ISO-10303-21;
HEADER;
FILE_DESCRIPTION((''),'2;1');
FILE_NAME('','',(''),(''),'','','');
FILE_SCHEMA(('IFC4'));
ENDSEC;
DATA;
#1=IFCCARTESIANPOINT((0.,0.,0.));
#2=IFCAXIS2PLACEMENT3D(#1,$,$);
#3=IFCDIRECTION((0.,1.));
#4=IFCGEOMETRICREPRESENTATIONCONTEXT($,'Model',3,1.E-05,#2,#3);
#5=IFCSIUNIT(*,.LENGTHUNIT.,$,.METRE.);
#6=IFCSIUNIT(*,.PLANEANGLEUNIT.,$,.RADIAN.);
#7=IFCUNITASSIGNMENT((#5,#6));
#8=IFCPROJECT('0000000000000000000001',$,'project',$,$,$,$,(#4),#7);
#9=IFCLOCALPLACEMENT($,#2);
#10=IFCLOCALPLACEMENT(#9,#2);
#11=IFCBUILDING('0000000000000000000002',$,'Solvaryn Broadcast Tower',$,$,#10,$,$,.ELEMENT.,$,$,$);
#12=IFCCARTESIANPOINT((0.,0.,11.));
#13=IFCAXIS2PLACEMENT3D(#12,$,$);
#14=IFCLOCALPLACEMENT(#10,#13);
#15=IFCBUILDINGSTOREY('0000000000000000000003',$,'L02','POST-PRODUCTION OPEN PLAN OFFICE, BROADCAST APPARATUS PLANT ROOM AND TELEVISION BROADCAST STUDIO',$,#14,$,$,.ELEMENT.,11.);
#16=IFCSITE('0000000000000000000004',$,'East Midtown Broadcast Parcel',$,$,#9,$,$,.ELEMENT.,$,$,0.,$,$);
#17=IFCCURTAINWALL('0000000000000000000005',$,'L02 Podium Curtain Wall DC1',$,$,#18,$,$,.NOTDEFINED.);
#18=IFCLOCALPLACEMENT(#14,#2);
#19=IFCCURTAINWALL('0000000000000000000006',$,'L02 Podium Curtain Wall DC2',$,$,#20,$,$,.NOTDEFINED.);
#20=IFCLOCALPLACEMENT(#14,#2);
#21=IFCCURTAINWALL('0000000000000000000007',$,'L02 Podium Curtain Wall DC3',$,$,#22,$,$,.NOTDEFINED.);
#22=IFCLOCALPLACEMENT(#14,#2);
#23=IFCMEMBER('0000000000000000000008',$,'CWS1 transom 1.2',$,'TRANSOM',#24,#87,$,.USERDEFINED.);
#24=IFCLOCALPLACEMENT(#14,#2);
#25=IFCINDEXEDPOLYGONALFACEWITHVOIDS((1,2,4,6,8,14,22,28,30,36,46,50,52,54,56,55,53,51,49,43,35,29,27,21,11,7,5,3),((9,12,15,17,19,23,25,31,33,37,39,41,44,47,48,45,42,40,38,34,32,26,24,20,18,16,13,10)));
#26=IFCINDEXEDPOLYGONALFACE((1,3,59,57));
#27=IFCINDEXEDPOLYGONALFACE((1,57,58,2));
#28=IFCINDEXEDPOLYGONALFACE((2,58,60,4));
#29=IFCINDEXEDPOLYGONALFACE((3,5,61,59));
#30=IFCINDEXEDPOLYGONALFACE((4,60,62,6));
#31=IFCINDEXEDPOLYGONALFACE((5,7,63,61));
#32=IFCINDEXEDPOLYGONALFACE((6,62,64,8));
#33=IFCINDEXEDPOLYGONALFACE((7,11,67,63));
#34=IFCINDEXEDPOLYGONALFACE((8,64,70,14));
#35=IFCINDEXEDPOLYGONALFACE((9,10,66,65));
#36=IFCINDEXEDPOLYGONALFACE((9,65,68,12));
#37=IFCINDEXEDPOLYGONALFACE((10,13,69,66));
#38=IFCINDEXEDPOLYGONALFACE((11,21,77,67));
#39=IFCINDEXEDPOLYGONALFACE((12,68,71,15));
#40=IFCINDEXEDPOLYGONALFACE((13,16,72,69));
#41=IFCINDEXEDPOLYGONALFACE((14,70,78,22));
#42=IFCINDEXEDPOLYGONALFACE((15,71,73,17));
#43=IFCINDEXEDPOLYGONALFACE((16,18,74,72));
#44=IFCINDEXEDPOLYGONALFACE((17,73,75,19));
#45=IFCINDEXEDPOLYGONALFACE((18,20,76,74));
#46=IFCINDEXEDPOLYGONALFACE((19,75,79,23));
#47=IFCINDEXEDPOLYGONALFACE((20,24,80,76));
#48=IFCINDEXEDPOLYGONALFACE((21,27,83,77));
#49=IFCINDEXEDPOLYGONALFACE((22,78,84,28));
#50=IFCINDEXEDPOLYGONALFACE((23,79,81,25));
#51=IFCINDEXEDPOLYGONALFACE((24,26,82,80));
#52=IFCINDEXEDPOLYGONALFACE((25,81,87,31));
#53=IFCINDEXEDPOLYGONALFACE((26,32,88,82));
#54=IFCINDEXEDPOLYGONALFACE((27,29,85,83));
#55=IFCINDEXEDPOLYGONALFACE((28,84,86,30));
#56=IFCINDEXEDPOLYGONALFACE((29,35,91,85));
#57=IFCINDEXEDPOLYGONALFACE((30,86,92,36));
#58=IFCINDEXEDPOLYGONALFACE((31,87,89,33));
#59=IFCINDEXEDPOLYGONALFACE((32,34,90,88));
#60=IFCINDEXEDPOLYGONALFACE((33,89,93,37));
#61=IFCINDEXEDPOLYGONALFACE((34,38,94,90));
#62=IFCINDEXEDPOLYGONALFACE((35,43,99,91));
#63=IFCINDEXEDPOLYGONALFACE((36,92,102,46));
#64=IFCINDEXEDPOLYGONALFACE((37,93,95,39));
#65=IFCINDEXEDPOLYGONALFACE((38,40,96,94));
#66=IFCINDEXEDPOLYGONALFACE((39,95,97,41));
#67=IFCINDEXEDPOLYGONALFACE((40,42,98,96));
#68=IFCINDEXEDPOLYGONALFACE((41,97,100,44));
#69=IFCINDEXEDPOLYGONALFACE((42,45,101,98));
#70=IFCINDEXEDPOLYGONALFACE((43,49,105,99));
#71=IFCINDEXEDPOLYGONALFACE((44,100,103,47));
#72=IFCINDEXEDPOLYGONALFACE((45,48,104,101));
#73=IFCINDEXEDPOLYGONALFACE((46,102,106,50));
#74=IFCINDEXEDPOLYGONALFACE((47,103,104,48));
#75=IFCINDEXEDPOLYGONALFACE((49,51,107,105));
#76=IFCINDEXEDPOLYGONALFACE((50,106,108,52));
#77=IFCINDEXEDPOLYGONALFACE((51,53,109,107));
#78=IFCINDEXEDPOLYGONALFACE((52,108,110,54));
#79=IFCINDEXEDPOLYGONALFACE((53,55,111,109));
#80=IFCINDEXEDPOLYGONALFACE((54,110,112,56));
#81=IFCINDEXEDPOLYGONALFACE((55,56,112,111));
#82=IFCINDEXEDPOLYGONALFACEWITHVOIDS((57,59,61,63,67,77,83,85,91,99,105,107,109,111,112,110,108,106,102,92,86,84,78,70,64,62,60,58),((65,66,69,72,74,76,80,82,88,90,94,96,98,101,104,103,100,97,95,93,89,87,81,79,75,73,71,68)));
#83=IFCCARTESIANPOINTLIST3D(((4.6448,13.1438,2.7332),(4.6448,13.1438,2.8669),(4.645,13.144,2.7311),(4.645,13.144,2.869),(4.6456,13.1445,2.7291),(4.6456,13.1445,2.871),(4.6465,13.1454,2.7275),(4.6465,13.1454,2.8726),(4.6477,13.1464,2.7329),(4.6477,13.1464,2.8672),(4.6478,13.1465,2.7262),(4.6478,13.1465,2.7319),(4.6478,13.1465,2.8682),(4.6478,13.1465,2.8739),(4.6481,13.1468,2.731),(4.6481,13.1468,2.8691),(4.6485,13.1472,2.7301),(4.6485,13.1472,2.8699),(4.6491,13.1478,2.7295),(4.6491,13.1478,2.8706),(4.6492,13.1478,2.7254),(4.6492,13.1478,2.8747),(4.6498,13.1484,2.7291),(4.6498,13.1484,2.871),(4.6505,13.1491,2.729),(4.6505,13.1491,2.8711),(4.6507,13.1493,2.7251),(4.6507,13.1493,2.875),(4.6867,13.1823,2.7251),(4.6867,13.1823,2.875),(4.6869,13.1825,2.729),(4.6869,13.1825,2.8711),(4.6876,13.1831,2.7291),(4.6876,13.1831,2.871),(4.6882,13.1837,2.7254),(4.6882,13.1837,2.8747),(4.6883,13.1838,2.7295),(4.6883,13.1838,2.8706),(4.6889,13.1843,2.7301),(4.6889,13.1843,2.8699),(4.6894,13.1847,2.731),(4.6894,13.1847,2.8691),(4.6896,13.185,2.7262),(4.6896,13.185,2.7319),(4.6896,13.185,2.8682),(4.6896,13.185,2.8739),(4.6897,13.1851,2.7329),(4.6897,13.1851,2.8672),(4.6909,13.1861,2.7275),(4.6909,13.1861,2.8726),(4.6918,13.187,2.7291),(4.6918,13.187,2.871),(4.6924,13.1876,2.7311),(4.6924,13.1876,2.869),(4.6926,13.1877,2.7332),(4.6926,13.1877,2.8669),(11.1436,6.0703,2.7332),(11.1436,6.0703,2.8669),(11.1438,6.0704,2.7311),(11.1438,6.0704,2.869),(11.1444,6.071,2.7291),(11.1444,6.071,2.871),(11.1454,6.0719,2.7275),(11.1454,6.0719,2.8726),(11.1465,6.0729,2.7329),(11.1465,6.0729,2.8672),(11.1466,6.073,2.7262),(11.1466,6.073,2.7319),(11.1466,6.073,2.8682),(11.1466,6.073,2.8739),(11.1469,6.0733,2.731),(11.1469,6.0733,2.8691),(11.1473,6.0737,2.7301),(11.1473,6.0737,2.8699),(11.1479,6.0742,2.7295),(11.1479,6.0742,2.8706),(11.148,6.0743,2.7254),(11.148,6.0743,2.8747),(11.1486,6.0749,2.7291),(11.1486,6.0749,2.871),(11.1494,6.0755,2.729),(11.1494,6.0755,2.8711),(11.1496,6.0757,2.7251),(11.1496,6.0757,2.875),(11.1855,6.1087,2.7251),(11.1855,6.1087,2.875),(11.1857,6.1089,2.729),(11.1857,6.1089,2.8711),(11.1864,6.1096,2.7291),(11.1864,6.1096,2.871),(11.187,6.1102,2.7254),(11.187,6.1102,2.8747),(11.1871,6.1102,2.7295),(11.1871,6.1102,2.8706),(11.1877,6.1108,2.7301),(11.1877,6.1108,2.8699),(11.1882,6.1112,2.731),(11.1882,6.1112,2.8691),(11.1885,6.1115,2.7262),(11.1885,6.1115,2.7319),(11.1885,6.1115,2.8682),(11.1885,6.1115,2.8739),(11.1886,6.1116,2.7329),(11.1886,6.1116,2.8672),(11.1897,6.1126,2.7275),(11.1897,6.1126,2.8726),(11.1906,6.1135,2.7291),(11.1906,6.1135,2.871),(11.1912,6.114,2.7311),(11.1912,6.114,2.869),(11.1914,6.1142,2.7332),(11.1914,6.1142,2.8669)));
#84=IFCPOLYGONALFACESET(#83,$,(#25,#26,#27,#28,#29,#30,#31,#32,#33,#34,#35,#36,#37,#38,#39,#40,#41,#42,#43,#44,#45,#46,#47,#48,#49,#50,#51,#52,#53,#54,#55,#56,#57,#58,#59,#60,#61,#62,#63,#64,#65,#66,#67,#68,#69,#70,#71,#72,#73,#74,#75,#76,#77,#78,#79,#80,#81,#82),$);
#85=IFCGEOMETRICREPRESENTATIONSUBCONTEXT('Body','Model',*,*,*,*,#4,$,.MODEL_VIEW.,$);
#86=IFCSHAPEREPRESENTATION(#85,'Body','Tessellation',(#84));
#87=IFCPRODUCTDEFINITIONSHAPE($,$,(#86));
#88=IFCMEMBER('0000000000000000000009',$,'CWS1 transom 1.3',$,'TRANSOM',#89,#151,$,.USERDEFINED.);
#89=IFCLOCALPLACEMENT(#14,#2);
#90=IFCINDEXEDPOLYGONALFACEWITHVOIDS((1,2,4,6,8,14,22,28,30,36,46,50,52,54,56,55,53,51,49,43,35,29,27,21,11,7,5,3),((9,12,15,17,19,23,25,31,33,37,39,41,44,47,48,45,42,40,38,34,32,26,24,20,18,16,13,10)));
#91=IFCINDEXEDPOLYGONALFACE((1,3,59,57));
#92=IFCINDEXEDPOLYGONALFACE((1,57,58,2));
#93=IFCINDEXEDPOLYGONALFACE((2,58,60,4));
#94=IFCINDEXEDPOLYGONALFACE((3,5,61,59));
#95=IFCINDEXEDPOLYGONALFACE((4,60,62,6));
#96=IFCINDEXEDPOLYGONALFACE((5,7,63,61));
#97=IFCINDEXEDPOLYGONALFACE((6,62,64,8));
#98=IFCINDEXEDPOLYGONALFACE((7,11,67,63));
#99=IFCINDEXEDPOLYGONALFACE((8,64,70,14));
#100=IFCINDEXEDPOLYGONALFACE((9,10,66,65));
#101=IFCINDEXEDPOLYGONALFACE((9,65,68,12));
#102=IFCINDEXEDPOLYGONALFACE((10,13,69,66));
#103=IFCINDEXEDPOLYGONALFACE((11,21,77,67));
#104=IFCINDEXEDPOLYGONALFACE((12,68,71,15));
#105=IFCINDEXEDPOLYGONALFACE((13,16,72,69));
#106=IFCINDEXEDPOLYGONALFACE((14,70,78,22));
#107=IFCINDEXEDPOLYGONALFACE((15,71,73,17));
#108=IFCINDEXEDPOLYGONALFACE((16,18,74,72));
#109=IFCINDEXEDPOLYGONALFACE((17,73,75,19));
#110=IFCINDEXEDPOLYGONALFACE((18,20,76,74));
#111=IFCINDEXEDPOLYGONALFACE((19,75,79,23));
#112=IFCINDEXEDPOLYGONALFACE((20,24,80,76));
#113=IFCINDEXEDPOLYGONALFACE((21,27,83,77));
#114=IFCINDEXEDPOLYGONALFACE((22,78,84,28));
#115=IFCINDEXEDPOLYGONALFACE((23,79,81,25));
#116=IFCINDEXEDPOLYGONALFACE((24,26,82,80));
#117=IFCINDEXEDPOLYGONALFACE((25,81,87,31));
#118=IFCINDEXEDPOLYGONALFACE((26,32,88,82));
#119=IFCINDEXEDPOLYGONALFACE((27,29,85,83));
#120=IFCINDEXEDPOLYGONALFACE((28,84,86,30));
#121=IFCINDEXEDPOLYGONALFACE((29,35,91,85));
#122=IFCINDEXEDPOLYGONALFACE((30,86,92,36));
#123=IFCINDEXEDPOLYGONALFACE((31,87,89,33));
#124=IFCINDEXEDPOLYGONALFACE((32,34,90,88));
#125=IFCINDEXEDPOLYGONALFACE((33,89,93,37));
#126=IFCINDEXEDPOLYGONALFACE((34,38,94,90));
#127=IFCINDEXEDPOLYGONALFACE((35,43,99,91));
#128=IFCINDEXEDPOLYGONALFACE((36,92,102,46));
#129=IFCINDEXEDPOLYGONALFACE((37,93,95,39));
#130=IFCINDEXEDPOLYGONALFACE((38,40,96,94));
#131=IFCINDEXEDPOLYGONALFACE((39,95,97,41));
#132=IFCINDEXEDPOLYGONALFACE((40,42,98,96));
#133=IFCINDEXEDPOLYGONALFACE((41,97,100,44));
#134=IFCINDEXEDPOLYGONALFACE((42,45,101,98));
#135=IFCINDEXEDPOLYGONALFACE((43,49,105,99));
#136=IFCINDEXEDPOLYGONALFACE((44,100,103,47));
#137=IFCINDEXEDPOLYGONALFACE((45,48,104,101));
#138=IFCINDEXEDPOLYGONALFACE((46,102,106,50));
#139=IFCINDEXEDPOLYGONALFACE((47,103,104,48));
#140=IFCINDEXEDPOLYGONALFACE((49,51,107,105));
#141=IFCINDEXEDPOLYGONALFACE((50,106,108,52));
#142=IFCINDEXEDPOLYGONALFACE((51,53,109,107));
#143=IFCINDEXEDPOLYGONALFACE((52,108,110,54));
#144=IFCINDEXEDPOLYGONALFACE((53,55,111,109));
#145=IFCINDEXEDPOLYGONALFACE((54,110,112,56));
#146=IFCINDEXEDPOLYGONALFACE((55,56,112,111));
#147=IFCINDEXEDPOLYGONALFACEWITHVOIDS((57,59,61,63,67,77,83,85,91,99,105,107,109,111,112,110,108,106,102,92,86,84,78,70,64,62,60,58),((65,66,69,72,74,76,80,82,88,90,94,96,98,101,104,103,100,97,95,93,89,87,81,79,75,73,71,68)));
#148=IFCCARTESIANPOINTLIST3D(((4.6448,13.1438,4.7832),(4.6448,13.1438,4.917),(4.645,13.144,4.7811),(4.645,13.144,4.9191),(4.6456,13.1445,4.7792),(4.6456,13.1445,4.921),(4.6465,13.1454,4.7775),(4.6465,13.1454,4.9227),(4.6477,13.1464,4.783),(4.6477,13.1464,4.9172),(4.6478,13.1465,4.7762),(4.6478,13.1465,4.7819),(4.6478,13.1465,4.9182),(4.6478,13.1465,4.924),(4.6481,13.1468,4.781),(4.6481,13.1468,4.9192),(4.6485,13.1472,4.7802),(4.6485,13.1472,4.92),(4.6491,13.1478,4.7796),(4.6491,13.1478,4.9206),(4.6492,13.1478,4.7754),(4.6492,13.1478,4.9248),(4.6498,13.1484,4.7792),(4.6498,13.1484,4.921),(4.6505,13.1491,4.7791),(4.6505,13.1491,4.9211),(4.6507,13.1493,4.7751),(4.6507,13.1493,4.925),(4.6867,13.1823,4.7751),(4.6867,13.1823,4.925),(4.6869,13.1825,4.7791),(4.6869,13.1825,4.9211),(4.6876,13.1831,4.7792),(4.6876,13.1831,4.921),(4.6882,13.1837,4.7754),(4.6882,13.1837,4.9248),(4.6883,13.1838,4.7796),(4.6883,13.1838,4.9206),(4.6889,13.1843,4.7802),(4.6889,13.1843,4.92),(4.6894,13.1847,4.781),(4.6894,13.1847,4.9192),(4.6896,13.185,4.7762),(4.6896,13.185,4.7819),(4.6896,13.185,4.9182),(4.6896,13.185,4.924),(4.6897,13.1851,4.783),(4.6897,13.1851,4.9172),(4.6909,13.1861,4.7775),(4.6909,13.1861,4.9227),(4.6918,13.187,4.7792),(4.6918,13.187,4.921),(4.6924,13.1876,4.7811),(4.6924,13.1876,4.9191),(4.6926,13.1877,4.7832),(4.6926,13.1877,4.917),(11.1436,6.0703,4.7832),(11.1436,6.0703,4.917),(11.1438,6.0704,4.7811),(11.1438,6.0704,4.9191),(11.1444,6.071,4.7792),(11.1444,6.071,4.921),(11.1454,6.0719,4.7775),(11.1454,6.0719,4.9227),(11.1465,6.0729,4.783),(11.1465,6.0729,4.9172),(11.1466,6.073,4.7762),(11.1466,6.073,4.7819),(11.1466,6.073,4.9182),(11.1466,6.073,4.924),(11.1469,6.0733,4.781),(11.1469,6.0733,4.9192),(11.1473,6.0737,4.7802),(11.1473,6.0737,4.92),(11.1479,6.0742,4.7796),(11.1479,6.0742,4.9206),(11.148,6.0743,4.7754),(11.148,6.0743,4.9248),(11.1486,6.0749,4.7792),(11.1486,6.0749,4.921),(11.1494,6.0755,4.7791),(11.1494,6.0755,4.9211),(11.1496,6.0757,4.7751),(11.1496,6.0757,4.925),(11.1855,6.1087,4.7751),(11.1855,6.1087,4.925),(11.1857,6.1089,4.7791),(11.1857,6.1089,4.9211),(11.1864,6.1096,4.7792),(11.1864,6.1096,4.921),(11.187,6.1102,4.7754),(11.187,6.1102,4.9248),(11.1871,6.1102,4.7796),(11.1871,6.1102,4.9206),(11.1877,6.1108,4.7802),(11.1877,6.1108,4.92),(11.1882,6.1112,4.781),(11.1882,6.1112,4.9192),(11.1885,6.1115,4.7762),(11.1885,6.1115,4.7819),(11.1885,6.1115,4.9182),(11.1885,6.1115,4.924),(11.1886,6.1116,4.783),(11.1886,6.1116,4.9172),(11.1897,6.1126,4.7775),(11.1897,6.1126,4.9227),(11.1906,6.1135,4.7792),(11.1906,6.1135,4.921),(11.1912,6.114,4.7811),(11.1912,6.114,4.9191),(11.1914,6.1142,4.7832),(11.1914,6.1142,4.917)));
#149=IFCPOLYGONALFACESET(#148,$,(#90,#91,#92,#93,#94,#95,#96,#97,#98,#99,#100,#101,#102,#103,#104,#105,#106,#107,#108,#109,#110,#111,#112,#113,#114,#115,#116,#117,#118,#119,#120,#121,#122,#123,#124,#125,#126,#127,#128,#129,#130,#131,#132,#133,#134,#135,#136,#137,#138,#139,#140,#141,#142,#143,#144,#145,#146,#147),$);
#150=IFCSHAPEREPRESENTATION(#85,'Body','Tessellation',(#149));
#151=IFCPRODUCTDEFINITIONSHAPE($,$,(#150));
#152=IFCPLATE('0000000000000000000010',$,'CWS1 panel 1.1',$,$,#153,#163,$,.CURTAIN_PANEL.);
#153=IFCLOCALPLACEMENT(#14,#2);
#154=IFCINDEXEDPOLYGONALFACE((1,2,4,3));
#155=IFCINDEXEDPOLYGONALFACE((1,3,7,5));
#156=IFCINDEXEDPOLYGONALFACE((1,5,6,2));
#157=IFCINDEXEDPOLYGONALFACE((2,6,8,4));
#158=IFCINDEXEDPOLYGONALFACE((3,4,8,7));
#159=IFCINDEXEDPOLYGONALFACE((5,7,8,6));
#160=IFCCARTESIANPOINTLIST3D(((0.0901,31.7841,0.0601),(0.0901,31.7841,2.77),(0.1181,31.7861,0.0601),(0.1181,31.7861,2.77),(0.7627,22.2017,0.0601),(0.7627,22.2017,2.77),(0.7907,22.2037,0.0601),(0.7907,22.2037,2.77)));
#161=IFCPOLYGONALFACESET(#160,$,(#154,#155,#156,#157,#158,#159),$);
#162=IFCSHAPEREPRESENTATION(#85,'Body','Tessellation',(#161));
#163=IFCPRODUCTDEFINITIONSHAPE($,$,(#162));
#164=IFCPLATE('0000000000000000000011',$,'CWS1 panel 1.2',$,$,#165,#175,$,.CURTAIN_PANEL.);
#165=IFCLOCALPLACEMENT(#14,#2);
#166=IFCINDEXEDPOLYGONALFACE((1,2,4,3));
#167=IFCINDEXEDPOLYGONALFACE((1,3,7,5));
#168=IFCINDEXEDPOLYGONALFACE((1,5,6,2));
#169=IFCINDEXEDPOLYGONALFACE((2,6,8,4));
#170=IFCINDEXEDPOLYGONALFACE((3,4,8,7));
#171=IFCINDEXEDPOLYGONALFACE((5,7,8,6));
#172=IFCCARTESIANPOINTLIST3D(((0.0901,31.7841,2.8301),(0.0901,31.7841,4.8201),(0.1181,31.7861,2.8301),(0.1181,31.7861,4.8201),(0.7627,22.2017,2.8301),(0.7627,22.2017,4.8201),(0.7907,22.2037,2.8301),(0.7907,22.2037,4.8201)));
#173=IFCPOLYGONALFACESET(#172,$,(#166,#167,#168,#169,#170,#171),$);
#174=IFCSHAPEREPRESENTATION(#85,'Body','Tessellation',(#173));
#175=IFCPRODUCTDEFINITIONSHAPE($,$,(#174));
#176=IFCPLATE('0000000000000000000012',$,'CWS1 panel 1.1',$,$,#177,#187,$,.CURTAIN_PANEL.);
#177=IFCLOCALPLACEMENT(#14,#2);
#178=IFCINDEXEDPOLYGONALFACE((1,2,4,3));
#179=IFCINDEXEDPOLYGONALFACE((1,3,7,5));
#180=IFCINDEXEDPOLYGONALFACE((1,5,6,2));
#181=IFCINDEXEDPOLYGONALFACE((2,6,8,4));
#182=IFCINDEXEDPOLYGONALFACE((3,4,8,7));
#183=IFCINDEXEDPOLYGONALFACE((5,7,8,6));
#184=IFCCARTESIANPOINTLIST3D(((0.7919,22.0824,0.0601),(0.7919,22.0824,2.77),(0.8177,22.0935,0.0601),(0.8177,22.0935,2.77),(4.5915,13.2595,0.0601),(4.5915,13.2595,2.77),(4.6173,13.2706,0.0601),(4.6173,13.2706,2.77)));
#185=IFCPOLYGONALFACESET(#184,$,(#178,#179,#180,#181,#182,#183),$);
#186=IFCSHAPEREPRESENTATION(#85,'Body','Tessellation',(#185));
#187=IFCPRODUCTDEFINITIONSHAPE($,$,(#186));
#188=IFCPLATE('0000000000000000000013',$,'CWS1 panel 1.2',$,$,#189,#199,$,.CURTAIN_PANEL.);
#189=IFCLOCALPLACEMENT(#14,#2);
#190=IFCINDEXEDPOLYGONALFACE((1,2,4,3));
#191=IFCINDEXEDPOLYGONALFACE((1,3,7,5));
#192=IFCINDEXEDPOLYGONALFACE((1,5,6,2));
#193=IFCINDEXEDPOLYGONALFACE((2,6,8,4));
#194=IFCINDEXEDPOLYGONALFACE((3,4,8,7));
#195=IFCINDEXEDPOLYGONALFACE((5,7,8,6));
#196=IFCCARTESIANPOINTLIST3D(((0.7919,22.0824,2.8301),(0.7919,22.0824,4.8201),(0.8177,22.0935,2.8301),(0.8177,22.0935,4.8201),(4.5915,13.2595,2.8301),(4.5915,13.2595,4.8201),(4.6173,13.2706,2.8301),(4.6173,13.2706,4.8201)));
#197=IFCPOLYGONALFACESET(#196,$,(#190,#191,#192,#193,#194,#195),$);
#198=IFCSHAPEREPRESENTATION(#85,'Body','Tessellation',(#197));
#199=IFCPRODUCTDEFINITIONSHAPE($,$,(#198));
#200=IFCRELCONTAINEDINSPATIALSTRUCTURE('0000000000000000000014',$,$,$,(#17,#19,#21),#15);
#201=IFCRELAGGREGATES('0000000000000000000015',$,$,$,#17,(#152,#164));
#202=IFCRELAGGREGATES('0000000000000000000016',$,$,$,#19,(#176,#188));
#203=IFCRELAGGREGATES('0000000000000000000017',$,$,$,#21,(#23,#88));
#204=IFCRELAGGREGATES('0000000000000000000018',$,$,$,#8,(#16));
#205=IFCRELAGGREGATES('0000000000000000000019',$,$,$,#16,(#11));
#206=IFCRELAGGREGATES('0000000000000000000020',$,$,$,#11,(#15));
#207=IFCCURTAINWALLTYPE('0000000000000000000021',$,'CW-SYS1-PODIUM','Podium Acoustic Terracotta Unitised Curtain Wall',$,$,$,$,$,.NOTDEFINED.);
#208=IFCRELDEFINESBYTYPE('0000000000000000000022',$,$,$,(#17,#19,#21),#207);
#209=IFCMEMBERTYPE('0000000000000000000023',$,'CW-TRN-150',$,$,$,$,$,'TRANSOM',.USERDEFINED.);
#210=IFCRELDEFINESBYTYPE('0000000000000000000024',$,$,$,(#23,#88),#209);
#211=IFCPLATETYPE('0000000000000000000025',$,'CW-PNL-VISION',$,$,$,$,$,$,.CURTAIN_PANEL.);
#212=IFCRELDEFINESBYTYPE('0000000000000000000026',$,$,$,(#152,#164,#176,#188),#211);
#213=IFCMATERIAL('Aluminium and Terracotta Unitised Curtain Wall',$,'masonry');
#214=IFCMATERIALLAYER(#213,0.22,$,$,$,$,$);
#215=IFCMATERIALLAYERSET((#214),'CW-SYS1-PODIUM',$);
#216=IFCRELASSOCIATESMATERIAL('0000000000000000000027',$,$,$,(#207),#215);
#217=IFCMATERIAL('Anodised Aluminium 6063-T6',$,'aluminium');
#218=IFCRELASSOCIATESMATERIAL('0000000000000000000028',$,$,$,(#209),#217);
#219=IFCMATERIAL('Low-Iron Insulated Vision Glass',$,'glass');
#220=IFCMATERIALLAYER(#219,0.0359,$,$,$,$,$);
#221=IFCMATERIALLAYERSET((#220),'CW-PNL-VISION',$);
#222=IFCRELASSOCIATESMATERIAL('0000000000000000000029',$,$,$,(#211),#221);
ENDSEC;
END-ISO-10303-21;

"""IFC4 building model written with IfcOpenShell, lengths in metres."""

from ifc_helpers import new_model, si_unit, direction, frame, origin, origin_2d, place, context, subcontext, project, spatial, rectangle, hollow_rectangle, extrude, material, layer, layer_set, material_profile, profile_set, type_object, element, aggregate, save


model = new_model("IFC4")

# Units and contexts
model_context = context("Model", 3, precision=1e-05, world=origin(), true_north=direction((0.0, 1.0)))
body_context = subcontext(model_context, "Body", "Model", "MODEL_VIEW")
ifc_project = project(units=[si_unit("LENGTHUNIT", "METRE"), si_unit("PLANEANGLEUNIT", "RADIAN")], contexts=[model_context])

# Site, building, storey
site_placement = place(None, origin())
site = spatial("IfcSite", under=ifc_project, at=site_placement, Name="East Midtown Broadcast Parcel", CompositionType="ELEMENT", RefElevation=0.0)
building_placement = place(site_placement, origin())
building = spatial("IfcBuilding", under=site, at=building_placement, Name="Solvaryn Broadcast Tower", CompositionType="ELEMENT")
storey_placement = place(building_placement, frame((0.0, 0.0, 11.0)))
storey = spatial("IfcBuildingStorey", under=building, at=storey_placement, Name="L02", Description="POST-PRODUCTION OPEN PLAN OFFICE, BROADCAST APPARATUS PLANT ROOM AND TELEVISION BROADCAST STUDIO", CompositionType="ELEMENT", Elevation=11.0)

# Curtain wall
ifc_material_1 = material(Name="Aluminium and Terracotta Unitised Curtain Wall", Category="masonry")
ifc_layer_1 = layer(ifc_material_1, 0.22)
ifc_layer_set_1 = layer_set([ifc_layer_1], Name="CW-SYS1-PODIUM")
curtain_wall_type = type_object("IfcCurtainWallType", Name="CW-SYS1-PODIUM", Description="Podium Acoustic Terracotta Unitised Curtain Wall", PredefinedType="NOTDEFINED", material=ifc_layer_set_1)
curtain_wall_1_placement = place(storey_placement, origin())
curtain_wall_1 = element("IfcCurtainWall", 1, at=curtain_wall_1_placement, inside=storey, type_object=curtain_wall_type, Name="L02 Podium Curtain Wall DC1", PredefinedType="NOTDEFINED")

# Curtain wall
curtain_wall_2_placement = place(storey_placement, origin())
curtain_wall_2 = element("IfcCurtainWall", 2, at=curtain_wall_2_placement, inside=storey, type_object=curtain_wall_type, Name="L02 Podium Curtain Wall DC2", PredefinedType="NOTDEFINED")

# Curtain wall
curtain_wall_3_placement = place(storey_placement, origin())
curtain_wall_3 = element("IfcCurtainWall", 3, at=curtain_wall_3_placement, inside=storey, type_object=curtain_wall_type, Name="L02 Podium Curtain Wall DC3", PredefinedType="NOTDEFINED")

# Members
ifc_material_2 = material(Name="Anodised Aluminium 6063-T6", Category="aluminium")
ifc_material_profile_1 = material_profile(ifc_material_2, hollow_rectangle(XDim=0.0649, YDim=0.1499, WallThickness=0.0039, InnerFilletRadius=0.0039, OuterFilletRadius=0.0081, at=origin_2d()))
ifc_profile_set_1 = profile_set([ifc_material_profile_1], Name="Anodised Aluminium 6063-T6")
member_type_1 = type_object("IfcMemberType", Name="CW-TRN-150", ElementType="TRANSOM", PredefinedType="USERDEFINED", material=ifc_profile_set_1)
member_1_placement = place(storey_placement, frame((4.6687, 13.1658, 2.8), z_axis=(0.676559, -0.736389, 0.0), x_axis=(0.736389, 0.676559, 0.0)))
member_1 = element("IfcMember", 4, at=member_1_placement, type_object=member_type_1, Name="CWS1 transom 1.2", ObjectType="TRANSOM", PredefinedType="USERDEFINED", context=body_context, shape_type="SweptSolid", body=[
    extrude(hollow_rectangle(XDim=0.0649, YDim=0.1499, WallThickness=0.0039, InnerFilletRadius=0.0039, OuterFilletRadius=0.0081, at=origin_2d()), origin(), (0.0, 0.0, 1.0), 9.6057),
])
member_2_placement = place(storey_placement, frame((4.6687, 13.1658, 4.8501), z_axis=(0.676559, -0.736389, 0.0), x_axis=(0.736389, 0.676559, 0.0)))
member_2 = element("IfcMember", 5, at=member_2_placement, type_object=member_type_1, Name="CWS1 transom 1.3", ObjectType="TRANSOM", PredefinedType="USERDEFINED", context=body_context, shape_type="SweptSolid", body=[
    extrude(hollow_rectangle(XDim=0.0649, YDim=0.1499, WallThickness=0.0039, InnerFilletRadius=0.0039, OuterFilletRadius=0.0081, at=origin_2d()), origin(), (0.0, 0.0, 1.0), 9.6057),
])

# Plates
ifc_material_3 = material(Name="Low-Iron Insulated Vision Glass", Category="glass")
ifc_layer_2 = layer(ifc_material_3, 0.0359)
ifc_layer_set_2 = layer_set([ifc_layer_2], Name="CW-PNL-VISION")
plate_type = type_object("IfcPlateType", Name="CW-PNL-VISION", PredefinedType="CURTAIN_PANEL", material=ifc_layer_set_2)
plate_1_placement = place(storey_placement, frame((0.4404, 26.9939, 0.0601), z_axis=(0.0, 0.0, 1.0), x_axis=(0.070019, -0.997546, 0.0)))
plate_1 = element("IfcPlate", 6, at=plate_1_placement, type_object=plate_type, Name="CWS1 panel 1.1", PredefinedType="CURTAIN_PANEL", context=body_context, shape_type="SweptSolid", body=[
    extrude(rectangle(XDim=9.606, YDim=0.0281, at=origin_2d()), origin(), (0.0, 0.0, 1.0), 2.71),
])
plate_2_placement = place(storey_placement, frame((0.4404, 26.9939, 2.8301), z_axis=(0.0, 0.0, 1.0), x_axis=(0.070019, -0.997546, 0.0)))
plate_2 = element("IfcPlate", 7, at=plate_2_placement, type_object=plate_type, Name="CWS1 panel 1.2", PredefinedType="CURTAIN_PANEL", context=body_context, shape_type="SweptSolid", body=[
    extrude(rectangle(XDim=9.606, YDim=0.0281, at=origin_2d()), origin(), (0.0, 0.0, 1.0), 1.99),
])
aggregate(curtain_wall_1, [plate_1, plate_2])
plate_3_placement = place(storey_placement, frame((2.7046, 17.6765, 0.0601), z_axis=(0.0, 0.0, 1.0), x_axis=(0.395532, -0.918452, 0.0)))
plate_3 = element("IfcPlate", 8, at=plate_3_placement, type_object=plate_type, Name="CWS1 panel 1.1", PredefinedType="CURTAIN_PANEL", context=body_context, shape_type="SweptSolid", body=[
    extrude(rectangle(XDim=9.6062, YDim=0.0281, at=origin_2d()), origin(), (0.0, 0.0, 1.0), 2.71),
])
plate_4_placement = place(storey_placement, frame((2.7046, 17.6765, 2.8301), z_axis=(0.0, 0.0, 1.0), x_axis=(0.395532, -0.918452, 0.0)))
plate_4 = element("IfcPlate", 9, at=plate_4_placement, type_object=plate_type, Name="CWS1 panel 1.2", PredefinedType="CURTAIN_PANEL", context=body_context, shape_type="SweptSolid", body=[
    extrude(rectangle(XDim=9.6062, YDim=0.0281, at=origin_2d()), origin(), (0.0, 0.0, 1.0), 1.99),
])
aggregate(curtain_wall_2, [plate_3, plate_4])
aggregate(curtain_wall_3, [member_1, member_2])

save(model, "model.ifc")
